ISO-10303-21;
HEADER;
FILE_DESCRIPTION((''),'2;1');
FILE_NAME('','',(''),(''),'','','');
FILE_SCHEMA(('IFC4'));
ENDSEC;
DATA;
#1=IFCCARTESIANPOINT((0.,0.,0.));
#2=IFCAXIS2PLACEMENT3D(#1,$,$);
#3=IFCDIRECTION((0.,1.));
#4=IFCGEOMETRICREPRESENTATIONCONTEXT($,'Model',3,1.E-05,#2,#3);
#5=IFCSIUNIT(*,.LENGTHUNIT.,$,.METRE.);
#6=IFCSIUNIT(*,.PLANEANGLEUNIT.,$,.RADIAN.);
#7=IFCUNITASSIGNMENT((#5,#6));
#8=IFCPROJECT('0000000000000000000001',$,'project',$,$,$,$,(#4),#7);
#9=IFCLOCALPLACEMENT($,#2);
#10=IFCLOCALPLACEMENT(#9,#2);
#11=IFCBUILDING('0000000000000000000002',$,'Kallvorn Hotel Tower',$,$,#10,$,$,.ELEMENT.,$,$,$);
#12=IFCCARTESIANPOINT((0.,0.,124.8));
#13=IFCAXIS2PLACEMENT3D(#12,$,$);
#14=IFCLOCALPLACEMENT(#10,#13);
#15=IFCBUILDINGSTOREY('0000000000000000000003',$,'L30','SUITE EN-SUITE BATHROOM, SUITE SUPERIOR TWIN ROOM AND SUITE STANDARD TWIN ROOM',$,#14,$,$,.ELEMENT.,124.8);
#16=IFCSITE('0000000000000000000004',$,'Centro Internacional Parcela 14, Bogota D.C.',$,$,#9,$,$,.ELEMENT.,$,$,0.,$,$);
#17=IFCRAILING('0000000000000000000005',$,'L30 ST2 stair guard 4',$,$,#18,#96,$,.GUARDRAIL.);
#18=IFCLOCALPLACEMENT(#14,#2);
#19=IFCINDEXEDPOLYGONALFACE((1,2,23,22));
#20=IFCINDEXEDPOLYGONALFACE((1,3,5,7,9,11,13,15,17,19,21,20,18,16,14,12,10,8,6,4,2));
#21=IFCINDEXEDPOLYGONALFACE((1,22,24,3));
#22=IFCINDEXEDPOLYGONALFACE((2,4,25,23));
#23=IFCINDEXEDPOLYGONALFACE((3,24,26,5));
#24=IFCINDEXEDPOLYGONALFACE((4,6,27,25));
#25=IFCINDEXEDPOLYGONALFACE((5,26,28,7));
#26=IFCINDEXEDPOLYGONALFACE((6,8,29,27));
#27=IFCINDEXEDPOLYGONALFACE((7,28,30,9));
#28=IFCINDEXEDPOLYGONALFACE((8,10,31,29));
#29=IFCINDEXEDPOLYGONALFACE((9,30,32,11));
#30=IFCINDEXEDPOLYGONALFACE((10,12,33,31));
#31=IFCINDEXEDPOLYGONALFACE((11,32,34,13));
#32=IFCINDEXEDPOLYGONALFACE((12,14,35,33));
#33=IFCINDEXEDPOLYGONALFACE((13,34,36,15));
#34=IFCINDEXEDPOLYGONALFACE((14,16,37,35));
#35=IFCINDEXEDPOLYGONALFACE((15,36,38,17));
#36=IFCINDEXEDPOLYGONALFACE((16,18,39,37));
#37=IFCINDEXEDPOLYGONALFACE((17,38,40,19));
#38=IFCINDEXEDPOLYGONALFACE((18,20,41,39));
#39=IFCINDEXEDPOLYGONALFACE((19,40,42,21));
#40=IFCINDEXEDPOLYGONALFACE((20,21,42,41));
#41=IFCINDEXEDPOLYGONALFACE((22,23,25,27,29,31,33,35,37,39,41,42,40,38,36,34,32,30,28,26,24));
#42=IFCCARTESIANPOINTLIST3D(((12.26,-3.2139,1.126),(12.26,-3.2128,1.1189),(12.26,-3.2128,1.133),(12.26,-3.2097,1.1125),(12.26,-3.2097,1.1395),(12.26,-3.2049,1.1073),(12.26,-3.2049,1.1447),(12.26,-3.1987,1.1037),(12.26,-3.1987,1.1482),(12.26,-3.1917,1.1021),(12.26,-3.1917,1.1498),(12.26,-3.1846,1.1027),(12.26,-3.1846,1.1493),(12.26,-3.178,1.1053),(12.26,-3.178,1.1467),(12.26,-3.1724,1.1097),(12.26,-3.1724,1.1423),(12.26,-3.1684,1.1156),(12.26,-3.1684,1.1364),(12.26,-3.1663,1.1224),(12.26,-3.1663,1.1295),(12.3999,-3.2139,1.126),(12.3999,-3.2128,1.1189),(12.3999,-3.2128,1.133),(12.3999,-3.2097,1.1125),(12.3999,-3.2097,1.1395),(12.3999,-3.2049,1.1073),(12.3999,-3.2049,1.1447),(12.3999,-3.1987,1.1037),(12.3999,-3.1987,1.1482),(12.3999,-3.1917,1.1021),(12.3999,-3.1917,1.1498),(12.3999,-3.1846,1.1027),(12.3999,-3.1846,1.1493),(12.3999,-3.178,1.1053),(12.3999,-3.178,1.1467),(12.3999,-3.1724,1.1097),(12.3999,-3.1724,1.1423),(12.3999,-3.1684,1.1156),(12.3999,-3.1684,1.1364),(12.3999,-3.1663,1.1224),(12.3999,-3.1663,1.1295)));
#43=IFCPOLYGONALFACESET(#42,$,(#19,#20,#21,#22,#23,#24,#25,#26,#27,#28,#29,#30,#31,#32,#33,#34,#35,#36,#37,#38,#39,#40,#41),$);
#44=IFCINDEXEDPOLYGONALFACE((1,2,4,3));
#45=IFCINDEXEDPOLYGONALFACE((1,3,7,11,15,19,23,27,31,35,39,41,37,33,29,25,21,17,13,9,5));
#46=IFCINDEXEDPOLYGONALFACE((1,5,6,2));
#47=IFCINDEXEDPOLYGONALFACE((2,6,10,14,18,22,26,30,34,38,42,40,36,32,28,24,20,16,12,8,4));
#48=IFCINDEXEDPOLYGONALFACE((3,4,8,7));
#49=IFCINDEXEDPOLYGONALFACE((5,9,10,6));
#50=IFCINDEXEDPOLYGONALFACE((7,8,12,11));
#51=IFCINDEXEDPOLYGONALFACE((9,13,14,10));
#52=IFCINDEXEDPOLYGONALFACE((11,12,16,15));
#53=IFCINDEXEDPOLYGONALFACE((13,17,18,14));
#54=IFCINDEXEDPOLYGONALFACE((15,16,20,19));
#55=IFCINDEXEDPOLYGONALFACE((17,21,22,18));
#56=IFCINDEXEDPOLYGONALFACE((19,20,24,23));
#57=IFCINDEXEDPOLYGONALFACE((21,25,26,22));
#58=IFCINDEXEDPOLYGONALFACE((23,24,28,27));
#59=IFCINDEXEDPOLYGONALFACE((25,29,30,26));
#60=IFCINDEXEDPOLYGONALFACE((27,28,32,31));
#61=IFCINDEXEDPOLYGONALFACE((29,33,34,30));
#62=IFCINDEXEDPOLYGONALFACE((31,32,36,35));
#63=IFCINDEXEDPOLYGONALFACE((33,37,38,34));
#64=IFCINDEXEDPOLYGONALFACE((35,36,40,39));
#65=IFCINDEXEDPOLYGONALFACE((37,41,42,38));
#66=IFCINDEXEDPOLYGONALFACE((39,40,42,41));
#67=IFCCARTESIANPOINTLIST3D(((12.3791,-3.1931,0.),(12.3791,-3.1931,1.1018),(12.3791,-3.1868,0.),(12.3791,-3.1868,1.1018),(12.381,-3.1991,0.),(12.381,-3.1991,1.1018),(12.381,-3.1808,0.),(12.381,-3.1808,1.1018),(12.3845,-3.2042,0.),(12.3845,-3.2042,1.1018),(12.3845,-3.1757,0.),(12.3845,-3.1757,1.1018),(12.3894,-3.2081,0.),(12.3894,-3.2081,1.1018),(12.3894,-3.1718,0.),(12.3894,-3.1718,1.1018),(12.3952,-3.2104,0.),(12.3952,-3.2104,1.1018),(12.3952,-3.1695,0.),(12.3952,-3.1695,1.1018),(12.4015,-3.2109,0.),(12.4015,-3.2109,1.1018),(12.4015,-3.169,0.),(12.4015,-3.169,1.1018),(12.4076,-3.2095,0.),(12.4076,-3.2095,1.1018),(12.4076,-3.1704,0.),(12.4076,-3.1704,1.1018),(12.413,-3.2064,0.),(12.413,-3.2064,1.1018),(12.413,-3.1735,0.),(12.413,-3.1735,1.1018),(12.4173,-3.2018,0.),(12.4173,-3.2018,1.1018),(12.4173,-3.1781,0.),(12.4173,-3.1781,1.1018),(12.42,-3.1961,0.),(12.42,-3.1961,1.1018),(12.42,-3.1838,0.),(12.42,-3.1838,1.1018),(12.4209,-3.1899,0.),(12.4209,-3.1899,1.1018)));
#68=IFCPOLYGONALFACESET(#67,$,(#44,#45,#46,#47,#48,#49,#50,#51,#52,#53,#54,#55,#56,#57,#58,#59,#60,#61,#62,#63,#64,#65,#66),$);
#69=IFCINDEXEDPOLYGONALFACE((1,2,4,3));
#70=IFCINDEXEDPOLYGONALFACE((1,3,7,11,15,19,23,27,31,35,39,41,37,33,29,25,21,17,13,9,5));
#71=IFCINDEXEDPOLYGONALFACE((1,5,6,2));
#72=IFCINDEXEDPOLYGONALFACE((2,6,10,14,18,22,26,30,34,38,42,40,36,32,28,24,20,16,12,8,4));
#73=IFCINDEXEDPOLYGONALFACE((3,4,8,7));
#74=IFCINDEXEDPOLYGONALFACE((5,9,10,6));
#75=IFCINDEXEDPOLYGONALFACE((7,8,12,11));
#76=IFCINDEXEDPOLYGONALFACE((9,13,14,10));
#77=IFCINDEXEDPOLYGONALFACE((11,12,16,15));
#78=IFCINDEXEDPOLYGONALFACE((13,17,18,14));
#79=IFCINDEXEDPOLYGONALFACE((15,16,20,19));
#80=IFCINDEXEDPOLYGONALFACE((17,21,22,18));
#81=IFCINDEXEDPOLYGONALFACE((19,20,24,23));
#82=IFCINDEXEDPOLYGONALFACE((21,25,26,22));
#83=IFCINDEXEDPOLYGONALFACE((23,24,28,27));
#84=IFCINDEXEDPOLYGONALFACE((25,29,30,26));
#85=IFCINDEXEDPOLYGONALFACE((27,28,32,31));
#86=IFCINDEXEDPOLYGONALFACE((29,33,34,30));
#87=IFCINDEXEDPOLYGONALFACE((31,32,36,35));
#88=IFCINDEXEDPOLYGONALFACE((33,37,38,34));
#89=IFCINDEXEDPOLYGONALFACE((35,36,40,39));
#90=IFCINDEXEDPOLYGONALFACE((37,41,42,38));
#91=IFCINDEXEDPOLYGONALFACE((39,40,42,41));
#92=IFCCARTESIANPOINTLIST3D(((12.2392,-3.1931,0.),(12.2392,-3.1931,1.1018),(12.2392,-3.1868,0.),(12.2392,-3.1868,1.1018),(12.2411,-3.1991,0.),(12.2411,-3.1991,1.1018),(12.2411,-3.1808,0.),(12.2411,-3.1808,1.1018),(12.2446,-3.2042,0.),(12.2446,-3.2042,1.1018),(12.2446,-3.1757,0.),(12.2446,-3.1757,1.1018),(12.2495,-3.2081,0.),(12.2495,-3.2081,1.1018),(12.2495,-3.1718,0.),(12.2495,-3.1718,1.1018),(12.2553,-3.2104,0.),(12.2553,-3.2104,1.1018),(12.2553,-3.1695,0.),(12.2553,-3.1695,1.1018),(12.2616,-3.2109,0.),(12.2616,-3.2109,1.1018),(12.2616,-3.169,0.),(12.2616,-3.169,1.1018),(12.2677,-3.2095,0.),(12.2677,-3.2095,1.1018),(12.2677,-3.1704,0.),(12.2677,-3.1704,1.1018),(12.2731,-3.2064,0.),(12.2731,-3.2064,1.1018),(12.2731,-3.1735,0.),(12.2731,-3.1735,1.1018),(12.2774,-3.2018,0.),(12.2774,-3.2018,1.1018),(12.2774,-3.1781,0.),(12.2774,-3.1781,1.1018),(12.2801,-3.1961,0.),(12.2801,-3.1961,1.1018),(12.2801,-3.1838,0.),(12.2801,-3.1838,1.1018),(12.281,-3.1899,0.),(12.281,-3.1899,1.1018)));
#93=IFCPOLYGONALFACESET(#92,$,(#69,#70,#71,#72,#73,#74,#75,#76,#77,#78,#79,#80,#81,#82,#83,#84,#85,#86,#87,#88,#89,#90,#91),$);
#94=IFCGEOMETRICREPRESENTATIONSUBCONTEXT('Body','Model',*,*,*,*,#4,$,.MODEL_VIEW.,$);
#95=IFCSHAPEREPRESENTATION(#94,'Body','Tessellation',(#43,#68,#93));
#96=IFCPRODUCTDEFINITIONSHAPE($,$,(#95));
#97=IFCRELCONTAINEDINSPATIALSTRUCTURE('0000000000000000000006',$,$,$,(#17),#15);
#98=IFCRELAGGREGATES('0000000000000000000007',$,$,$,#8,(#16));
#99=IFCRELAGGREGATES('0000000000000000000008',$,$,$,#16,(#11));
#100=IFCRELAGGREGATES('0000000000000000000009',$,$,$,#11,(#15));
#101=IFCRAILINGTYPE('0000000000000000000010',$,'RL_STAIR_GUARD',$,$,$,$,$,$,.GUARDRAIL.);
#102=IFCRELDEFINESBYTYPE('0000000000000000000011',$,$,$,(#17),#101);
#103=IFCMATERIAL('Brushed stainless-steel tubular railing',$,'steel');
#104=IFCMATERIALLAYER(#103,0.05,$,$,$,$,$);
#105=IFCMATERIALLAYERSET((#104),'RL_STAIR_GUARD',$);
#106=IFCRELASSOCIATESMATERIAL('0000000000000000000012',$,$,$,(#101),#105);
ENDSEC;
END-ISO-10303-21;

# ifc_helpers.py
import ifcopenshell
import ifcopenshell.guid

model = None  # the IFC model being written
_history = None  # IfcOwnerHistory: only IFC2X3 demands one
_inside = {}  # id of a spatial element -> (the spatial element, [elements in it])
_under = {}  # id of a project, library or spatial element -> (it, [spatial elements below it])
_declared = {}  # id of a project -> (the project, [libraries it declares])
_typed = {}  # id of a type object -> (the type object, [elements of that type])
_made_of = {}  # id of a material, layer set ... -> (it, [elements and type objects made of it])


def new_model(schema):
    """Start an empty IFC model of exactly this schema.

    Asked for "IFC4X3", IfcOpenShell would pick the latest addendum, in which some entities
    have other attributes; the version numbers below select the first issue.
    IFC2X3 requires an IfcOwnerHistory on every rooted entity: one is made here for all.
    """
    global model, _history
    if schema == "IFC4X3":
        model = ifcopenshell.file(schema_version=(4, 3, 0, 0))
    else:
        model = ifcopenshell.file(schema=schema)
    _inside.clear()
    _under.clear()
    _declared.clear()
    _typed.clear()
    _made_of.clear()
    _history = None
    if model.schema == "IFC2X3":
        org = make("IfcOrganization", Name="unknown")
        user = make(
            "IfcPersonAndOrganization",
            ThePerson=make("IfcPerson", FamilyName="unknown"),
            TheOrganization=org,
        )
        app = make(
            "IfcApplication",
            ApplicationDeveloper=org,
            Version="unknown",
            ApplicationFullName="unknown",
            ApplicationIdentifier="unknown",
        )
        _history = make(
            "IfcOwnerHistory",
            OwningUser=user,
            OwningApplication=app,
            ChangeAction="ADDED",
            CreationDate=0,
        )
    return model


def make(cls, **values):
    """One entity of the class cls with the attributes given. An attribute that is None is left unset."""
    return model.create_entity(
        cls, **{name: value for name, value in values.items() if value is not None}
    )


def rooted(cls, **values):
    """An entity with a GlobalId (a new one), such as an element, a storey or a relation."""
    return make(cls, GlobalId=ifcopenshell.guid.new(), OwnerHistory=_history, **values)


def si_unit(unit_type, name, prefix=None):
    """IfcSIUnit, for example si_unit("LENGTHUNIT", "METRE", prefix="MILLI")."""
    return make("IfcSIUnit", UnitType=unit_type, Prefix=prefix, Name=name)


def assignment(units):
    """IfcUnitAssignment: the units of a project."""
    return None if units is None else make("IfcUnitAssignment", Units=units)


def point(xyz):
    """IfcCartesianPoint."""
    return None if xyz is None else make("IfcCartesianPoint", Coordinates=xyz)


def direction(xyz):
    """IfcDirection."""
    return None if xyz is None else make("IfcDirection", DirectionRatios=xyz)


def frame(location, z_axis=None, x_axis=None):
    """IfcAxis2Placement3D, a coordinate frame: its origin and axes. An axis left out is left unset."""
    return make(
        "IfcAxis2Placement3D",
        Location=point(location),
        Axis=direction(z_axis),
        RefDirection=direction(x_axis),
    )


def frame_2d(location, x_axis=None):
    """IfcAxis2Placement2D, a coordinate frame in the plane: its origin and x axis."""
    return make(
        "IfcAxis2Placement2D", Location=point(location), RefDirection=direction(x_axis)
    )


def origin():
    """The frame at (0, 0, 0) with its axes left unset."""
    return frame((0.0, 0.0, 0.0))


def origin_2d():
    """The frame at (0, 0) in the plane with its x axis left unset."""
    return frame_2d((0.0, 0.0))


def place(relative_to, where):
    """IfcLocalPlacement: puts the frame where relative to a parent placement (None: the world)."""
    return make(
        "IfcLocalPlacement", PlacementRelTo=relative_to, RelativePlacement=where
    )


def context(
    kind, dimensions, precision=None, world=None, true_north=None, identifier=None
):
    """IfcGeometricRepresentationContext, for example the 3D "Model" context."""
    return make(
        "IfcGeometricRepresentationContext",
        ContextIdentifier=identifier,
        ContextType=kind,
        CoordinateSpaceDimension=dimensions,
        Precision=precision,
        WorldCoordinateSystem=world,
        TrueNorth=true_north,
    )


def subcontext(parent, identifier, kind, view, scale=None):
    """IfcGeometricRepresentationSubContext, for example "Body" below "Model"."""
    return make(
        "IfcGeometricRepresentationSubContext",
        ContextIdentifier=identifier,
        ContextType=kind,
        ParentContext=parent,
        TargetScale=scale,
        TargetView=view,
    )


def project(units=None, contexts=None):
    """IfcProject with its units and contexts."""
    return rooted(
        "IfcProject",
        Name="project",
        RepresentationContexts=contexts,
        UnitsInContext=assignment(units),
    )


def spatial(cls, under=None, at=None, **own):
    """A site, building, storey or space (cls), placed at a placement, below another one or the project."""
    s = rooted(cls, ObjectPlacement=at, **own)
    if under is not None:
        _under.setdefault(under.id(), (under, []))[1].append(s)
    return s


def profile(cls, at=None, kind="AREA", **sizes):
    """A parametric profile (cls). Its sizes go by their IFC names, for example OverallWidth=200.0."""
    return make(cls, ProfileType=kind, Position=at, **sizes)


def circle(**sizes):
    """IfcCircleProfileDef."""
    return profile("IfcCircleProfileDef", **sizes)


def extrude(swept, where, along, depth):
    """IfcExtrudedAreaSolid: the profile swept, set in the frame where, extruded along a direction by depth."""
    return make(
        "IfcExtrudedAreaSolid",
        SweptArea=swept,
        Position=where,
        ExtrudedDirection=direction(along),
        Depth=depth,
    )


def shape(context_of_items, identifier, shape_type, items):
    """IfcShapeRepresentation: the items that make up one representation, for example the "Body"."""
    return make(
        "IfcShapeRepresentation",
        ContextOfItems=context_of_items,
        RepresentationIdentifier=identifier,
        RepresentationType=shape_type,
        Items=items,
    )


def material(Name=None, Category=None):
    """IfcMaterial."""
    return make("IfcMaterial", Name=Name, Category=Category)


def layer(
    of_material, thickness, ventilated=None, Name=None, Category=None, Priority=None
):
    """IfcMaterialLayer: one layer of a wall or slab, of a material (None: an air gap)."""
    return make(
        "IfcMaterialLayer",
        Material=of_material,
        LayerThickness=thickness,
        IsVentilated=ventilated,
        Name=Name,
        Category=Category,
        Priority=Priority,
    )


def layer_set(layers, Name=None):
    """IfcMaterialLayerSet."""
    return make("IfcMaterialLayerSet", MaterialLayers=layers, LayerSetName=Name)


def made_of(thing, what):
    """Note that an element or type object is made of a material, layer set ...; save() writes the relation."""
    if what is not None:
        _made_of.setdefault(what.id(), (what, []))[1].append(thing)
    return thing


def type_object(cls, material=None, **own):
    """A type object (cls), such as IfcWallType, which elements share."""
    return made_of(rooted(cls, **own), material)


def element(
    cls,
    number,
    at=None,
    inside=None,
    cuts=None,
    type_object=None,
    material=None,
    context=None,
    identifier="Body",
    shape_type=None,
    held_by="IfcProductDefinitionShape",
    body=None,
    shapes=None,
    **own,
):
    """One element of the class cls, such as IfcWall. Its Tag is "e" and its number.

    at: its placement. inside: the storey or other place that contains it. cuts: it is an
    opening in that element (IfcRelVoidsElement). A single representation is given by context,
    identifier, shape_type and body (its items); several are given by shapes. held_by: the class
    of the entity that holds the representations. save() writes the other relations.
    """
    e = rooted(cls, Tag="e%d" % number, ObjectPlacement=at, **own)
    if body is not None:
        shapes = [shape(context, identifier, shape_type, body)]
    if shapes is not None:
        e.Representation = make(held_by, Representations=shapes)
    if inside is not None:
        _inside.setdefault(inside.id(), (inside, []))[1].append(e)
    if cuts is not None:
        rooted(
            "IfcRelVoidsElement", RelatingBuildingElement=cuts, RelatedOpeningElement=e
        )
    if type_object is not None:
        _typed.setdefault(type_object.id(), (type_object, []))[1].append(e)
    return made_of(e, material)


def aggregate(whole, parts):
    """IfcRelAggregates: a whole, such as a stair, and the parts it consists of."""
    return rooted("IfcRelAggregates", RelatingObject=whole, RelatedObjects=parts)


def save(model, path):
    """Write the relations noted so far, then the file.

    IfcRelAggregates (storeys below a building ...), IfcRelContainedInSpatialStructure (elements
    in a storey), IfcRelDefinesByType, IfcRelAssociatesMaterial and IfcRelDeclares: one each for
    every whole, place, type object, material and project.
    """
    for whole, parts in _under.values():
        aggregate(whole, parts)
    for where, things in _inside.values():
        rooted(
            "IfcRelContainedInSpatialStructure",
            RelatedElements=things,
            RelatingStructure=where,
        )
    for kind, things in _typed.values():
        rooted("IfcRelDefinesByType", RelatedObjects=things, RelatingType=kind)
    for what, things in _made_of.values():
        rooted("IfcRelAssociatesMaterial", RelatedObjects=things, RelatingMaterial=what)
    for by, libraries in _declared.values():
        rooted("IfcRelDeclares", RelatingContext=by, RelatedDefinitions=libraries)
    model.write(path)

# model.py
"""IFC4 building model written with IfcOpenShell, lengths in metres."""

from ifc_helpers import new_model, si_unit, direction, frame, origin, origin_2d, place, context, subcontext, project, spatial, circle, extrude, material, layer, layer_set, type_object, element, save


model = new_model("IFC4")

# Units and contexts
model_context = context("Model", 3, precision=1e-05, world=origin(), true_north=direction((0.0, 1.0)))
body_context = subcontext(model_context, "Body", "Model", "MODEL_VIEW")
ifc_project = project(units=[si_unit("LENGTHUNIT", "METRE"), si_unit("PLANEANGLEUNIT", "RADIAN")], contexts=[model_context])

# Site, building, storey
site_placement = place(None, origin())
site = spatial("IfcSite", under=ifc_project, at=site_placement, Name="Centro Internacional Parcela 14, Bogota D.C.", CompositionType="ELEMENT", RefElevation=0.0)
building_placement = place(site_placement, origin())
building = spatial("IfcBuilding", under=site, at=building_placement, Name="Kallvorn Hotel Tower", CompositionType="ELEMENT")
storey_placement = place(building_placement, frame((0.0, 0.0, 124.8)))
storey = spatial("IfcBuildingStorey", under=building, at=storey_placement, Name="L30", Description="SUITE EN-SUITE BATHROOM, SUITE SUPERIOR TWIN ROOM AND SUITE STANDARD TWIN ROOM", CompositionType="ELEMENT", Elevation=124.8)

# Railing
ifc_material_1 = material(Name="Brushed stainless-steel tubular railing", Category="steel")
ifc_layer_1 = layer(ifc_material_1, 0.05)
ifc_layer_set_1 = layer_set([ifc_layer_1], Name="RL_STAIR_GUARD")
railing_type_1 = type_object("IfcRailingType", Name="RL_STAIR_GUARD", PredefinedType="GUARDRAIL", material=ifc_layer_set_1)
railing_1_placement = place(storey_placement, frame((12.3999, -3.1899, 0.0)))
element("IfcRailing", 1, at=railing_1_placement, inside=storey, type_object=railing_type_1, Name="L30 ST2 stair guard 4", PredefinedType="GUARDRAIL", context=body_context, shape_type="SweptSolid", body=[
    extrude(circle(Radius=0.0239, at=origin_2d()), frame((0.0, 0.0, 1.126), z_axis=(-1.0, 0.0, 0.0), x_axis=(0.0, -1.0, 0.0)), (0.0, 0.0, 1.0), 0.1399),
    extrude(circle(Radius=0.021, at=origin_2d()), origin(), (0.0, 0.0, 1.0), 1.1018),
    extrude(circle(Radius=0.021, at=origin_2d()), frame((-0.1399, 0.0, 0.0)), (0.0, 0.0, 1.0), 1.1018),
])

save(model, "model.ifc")
